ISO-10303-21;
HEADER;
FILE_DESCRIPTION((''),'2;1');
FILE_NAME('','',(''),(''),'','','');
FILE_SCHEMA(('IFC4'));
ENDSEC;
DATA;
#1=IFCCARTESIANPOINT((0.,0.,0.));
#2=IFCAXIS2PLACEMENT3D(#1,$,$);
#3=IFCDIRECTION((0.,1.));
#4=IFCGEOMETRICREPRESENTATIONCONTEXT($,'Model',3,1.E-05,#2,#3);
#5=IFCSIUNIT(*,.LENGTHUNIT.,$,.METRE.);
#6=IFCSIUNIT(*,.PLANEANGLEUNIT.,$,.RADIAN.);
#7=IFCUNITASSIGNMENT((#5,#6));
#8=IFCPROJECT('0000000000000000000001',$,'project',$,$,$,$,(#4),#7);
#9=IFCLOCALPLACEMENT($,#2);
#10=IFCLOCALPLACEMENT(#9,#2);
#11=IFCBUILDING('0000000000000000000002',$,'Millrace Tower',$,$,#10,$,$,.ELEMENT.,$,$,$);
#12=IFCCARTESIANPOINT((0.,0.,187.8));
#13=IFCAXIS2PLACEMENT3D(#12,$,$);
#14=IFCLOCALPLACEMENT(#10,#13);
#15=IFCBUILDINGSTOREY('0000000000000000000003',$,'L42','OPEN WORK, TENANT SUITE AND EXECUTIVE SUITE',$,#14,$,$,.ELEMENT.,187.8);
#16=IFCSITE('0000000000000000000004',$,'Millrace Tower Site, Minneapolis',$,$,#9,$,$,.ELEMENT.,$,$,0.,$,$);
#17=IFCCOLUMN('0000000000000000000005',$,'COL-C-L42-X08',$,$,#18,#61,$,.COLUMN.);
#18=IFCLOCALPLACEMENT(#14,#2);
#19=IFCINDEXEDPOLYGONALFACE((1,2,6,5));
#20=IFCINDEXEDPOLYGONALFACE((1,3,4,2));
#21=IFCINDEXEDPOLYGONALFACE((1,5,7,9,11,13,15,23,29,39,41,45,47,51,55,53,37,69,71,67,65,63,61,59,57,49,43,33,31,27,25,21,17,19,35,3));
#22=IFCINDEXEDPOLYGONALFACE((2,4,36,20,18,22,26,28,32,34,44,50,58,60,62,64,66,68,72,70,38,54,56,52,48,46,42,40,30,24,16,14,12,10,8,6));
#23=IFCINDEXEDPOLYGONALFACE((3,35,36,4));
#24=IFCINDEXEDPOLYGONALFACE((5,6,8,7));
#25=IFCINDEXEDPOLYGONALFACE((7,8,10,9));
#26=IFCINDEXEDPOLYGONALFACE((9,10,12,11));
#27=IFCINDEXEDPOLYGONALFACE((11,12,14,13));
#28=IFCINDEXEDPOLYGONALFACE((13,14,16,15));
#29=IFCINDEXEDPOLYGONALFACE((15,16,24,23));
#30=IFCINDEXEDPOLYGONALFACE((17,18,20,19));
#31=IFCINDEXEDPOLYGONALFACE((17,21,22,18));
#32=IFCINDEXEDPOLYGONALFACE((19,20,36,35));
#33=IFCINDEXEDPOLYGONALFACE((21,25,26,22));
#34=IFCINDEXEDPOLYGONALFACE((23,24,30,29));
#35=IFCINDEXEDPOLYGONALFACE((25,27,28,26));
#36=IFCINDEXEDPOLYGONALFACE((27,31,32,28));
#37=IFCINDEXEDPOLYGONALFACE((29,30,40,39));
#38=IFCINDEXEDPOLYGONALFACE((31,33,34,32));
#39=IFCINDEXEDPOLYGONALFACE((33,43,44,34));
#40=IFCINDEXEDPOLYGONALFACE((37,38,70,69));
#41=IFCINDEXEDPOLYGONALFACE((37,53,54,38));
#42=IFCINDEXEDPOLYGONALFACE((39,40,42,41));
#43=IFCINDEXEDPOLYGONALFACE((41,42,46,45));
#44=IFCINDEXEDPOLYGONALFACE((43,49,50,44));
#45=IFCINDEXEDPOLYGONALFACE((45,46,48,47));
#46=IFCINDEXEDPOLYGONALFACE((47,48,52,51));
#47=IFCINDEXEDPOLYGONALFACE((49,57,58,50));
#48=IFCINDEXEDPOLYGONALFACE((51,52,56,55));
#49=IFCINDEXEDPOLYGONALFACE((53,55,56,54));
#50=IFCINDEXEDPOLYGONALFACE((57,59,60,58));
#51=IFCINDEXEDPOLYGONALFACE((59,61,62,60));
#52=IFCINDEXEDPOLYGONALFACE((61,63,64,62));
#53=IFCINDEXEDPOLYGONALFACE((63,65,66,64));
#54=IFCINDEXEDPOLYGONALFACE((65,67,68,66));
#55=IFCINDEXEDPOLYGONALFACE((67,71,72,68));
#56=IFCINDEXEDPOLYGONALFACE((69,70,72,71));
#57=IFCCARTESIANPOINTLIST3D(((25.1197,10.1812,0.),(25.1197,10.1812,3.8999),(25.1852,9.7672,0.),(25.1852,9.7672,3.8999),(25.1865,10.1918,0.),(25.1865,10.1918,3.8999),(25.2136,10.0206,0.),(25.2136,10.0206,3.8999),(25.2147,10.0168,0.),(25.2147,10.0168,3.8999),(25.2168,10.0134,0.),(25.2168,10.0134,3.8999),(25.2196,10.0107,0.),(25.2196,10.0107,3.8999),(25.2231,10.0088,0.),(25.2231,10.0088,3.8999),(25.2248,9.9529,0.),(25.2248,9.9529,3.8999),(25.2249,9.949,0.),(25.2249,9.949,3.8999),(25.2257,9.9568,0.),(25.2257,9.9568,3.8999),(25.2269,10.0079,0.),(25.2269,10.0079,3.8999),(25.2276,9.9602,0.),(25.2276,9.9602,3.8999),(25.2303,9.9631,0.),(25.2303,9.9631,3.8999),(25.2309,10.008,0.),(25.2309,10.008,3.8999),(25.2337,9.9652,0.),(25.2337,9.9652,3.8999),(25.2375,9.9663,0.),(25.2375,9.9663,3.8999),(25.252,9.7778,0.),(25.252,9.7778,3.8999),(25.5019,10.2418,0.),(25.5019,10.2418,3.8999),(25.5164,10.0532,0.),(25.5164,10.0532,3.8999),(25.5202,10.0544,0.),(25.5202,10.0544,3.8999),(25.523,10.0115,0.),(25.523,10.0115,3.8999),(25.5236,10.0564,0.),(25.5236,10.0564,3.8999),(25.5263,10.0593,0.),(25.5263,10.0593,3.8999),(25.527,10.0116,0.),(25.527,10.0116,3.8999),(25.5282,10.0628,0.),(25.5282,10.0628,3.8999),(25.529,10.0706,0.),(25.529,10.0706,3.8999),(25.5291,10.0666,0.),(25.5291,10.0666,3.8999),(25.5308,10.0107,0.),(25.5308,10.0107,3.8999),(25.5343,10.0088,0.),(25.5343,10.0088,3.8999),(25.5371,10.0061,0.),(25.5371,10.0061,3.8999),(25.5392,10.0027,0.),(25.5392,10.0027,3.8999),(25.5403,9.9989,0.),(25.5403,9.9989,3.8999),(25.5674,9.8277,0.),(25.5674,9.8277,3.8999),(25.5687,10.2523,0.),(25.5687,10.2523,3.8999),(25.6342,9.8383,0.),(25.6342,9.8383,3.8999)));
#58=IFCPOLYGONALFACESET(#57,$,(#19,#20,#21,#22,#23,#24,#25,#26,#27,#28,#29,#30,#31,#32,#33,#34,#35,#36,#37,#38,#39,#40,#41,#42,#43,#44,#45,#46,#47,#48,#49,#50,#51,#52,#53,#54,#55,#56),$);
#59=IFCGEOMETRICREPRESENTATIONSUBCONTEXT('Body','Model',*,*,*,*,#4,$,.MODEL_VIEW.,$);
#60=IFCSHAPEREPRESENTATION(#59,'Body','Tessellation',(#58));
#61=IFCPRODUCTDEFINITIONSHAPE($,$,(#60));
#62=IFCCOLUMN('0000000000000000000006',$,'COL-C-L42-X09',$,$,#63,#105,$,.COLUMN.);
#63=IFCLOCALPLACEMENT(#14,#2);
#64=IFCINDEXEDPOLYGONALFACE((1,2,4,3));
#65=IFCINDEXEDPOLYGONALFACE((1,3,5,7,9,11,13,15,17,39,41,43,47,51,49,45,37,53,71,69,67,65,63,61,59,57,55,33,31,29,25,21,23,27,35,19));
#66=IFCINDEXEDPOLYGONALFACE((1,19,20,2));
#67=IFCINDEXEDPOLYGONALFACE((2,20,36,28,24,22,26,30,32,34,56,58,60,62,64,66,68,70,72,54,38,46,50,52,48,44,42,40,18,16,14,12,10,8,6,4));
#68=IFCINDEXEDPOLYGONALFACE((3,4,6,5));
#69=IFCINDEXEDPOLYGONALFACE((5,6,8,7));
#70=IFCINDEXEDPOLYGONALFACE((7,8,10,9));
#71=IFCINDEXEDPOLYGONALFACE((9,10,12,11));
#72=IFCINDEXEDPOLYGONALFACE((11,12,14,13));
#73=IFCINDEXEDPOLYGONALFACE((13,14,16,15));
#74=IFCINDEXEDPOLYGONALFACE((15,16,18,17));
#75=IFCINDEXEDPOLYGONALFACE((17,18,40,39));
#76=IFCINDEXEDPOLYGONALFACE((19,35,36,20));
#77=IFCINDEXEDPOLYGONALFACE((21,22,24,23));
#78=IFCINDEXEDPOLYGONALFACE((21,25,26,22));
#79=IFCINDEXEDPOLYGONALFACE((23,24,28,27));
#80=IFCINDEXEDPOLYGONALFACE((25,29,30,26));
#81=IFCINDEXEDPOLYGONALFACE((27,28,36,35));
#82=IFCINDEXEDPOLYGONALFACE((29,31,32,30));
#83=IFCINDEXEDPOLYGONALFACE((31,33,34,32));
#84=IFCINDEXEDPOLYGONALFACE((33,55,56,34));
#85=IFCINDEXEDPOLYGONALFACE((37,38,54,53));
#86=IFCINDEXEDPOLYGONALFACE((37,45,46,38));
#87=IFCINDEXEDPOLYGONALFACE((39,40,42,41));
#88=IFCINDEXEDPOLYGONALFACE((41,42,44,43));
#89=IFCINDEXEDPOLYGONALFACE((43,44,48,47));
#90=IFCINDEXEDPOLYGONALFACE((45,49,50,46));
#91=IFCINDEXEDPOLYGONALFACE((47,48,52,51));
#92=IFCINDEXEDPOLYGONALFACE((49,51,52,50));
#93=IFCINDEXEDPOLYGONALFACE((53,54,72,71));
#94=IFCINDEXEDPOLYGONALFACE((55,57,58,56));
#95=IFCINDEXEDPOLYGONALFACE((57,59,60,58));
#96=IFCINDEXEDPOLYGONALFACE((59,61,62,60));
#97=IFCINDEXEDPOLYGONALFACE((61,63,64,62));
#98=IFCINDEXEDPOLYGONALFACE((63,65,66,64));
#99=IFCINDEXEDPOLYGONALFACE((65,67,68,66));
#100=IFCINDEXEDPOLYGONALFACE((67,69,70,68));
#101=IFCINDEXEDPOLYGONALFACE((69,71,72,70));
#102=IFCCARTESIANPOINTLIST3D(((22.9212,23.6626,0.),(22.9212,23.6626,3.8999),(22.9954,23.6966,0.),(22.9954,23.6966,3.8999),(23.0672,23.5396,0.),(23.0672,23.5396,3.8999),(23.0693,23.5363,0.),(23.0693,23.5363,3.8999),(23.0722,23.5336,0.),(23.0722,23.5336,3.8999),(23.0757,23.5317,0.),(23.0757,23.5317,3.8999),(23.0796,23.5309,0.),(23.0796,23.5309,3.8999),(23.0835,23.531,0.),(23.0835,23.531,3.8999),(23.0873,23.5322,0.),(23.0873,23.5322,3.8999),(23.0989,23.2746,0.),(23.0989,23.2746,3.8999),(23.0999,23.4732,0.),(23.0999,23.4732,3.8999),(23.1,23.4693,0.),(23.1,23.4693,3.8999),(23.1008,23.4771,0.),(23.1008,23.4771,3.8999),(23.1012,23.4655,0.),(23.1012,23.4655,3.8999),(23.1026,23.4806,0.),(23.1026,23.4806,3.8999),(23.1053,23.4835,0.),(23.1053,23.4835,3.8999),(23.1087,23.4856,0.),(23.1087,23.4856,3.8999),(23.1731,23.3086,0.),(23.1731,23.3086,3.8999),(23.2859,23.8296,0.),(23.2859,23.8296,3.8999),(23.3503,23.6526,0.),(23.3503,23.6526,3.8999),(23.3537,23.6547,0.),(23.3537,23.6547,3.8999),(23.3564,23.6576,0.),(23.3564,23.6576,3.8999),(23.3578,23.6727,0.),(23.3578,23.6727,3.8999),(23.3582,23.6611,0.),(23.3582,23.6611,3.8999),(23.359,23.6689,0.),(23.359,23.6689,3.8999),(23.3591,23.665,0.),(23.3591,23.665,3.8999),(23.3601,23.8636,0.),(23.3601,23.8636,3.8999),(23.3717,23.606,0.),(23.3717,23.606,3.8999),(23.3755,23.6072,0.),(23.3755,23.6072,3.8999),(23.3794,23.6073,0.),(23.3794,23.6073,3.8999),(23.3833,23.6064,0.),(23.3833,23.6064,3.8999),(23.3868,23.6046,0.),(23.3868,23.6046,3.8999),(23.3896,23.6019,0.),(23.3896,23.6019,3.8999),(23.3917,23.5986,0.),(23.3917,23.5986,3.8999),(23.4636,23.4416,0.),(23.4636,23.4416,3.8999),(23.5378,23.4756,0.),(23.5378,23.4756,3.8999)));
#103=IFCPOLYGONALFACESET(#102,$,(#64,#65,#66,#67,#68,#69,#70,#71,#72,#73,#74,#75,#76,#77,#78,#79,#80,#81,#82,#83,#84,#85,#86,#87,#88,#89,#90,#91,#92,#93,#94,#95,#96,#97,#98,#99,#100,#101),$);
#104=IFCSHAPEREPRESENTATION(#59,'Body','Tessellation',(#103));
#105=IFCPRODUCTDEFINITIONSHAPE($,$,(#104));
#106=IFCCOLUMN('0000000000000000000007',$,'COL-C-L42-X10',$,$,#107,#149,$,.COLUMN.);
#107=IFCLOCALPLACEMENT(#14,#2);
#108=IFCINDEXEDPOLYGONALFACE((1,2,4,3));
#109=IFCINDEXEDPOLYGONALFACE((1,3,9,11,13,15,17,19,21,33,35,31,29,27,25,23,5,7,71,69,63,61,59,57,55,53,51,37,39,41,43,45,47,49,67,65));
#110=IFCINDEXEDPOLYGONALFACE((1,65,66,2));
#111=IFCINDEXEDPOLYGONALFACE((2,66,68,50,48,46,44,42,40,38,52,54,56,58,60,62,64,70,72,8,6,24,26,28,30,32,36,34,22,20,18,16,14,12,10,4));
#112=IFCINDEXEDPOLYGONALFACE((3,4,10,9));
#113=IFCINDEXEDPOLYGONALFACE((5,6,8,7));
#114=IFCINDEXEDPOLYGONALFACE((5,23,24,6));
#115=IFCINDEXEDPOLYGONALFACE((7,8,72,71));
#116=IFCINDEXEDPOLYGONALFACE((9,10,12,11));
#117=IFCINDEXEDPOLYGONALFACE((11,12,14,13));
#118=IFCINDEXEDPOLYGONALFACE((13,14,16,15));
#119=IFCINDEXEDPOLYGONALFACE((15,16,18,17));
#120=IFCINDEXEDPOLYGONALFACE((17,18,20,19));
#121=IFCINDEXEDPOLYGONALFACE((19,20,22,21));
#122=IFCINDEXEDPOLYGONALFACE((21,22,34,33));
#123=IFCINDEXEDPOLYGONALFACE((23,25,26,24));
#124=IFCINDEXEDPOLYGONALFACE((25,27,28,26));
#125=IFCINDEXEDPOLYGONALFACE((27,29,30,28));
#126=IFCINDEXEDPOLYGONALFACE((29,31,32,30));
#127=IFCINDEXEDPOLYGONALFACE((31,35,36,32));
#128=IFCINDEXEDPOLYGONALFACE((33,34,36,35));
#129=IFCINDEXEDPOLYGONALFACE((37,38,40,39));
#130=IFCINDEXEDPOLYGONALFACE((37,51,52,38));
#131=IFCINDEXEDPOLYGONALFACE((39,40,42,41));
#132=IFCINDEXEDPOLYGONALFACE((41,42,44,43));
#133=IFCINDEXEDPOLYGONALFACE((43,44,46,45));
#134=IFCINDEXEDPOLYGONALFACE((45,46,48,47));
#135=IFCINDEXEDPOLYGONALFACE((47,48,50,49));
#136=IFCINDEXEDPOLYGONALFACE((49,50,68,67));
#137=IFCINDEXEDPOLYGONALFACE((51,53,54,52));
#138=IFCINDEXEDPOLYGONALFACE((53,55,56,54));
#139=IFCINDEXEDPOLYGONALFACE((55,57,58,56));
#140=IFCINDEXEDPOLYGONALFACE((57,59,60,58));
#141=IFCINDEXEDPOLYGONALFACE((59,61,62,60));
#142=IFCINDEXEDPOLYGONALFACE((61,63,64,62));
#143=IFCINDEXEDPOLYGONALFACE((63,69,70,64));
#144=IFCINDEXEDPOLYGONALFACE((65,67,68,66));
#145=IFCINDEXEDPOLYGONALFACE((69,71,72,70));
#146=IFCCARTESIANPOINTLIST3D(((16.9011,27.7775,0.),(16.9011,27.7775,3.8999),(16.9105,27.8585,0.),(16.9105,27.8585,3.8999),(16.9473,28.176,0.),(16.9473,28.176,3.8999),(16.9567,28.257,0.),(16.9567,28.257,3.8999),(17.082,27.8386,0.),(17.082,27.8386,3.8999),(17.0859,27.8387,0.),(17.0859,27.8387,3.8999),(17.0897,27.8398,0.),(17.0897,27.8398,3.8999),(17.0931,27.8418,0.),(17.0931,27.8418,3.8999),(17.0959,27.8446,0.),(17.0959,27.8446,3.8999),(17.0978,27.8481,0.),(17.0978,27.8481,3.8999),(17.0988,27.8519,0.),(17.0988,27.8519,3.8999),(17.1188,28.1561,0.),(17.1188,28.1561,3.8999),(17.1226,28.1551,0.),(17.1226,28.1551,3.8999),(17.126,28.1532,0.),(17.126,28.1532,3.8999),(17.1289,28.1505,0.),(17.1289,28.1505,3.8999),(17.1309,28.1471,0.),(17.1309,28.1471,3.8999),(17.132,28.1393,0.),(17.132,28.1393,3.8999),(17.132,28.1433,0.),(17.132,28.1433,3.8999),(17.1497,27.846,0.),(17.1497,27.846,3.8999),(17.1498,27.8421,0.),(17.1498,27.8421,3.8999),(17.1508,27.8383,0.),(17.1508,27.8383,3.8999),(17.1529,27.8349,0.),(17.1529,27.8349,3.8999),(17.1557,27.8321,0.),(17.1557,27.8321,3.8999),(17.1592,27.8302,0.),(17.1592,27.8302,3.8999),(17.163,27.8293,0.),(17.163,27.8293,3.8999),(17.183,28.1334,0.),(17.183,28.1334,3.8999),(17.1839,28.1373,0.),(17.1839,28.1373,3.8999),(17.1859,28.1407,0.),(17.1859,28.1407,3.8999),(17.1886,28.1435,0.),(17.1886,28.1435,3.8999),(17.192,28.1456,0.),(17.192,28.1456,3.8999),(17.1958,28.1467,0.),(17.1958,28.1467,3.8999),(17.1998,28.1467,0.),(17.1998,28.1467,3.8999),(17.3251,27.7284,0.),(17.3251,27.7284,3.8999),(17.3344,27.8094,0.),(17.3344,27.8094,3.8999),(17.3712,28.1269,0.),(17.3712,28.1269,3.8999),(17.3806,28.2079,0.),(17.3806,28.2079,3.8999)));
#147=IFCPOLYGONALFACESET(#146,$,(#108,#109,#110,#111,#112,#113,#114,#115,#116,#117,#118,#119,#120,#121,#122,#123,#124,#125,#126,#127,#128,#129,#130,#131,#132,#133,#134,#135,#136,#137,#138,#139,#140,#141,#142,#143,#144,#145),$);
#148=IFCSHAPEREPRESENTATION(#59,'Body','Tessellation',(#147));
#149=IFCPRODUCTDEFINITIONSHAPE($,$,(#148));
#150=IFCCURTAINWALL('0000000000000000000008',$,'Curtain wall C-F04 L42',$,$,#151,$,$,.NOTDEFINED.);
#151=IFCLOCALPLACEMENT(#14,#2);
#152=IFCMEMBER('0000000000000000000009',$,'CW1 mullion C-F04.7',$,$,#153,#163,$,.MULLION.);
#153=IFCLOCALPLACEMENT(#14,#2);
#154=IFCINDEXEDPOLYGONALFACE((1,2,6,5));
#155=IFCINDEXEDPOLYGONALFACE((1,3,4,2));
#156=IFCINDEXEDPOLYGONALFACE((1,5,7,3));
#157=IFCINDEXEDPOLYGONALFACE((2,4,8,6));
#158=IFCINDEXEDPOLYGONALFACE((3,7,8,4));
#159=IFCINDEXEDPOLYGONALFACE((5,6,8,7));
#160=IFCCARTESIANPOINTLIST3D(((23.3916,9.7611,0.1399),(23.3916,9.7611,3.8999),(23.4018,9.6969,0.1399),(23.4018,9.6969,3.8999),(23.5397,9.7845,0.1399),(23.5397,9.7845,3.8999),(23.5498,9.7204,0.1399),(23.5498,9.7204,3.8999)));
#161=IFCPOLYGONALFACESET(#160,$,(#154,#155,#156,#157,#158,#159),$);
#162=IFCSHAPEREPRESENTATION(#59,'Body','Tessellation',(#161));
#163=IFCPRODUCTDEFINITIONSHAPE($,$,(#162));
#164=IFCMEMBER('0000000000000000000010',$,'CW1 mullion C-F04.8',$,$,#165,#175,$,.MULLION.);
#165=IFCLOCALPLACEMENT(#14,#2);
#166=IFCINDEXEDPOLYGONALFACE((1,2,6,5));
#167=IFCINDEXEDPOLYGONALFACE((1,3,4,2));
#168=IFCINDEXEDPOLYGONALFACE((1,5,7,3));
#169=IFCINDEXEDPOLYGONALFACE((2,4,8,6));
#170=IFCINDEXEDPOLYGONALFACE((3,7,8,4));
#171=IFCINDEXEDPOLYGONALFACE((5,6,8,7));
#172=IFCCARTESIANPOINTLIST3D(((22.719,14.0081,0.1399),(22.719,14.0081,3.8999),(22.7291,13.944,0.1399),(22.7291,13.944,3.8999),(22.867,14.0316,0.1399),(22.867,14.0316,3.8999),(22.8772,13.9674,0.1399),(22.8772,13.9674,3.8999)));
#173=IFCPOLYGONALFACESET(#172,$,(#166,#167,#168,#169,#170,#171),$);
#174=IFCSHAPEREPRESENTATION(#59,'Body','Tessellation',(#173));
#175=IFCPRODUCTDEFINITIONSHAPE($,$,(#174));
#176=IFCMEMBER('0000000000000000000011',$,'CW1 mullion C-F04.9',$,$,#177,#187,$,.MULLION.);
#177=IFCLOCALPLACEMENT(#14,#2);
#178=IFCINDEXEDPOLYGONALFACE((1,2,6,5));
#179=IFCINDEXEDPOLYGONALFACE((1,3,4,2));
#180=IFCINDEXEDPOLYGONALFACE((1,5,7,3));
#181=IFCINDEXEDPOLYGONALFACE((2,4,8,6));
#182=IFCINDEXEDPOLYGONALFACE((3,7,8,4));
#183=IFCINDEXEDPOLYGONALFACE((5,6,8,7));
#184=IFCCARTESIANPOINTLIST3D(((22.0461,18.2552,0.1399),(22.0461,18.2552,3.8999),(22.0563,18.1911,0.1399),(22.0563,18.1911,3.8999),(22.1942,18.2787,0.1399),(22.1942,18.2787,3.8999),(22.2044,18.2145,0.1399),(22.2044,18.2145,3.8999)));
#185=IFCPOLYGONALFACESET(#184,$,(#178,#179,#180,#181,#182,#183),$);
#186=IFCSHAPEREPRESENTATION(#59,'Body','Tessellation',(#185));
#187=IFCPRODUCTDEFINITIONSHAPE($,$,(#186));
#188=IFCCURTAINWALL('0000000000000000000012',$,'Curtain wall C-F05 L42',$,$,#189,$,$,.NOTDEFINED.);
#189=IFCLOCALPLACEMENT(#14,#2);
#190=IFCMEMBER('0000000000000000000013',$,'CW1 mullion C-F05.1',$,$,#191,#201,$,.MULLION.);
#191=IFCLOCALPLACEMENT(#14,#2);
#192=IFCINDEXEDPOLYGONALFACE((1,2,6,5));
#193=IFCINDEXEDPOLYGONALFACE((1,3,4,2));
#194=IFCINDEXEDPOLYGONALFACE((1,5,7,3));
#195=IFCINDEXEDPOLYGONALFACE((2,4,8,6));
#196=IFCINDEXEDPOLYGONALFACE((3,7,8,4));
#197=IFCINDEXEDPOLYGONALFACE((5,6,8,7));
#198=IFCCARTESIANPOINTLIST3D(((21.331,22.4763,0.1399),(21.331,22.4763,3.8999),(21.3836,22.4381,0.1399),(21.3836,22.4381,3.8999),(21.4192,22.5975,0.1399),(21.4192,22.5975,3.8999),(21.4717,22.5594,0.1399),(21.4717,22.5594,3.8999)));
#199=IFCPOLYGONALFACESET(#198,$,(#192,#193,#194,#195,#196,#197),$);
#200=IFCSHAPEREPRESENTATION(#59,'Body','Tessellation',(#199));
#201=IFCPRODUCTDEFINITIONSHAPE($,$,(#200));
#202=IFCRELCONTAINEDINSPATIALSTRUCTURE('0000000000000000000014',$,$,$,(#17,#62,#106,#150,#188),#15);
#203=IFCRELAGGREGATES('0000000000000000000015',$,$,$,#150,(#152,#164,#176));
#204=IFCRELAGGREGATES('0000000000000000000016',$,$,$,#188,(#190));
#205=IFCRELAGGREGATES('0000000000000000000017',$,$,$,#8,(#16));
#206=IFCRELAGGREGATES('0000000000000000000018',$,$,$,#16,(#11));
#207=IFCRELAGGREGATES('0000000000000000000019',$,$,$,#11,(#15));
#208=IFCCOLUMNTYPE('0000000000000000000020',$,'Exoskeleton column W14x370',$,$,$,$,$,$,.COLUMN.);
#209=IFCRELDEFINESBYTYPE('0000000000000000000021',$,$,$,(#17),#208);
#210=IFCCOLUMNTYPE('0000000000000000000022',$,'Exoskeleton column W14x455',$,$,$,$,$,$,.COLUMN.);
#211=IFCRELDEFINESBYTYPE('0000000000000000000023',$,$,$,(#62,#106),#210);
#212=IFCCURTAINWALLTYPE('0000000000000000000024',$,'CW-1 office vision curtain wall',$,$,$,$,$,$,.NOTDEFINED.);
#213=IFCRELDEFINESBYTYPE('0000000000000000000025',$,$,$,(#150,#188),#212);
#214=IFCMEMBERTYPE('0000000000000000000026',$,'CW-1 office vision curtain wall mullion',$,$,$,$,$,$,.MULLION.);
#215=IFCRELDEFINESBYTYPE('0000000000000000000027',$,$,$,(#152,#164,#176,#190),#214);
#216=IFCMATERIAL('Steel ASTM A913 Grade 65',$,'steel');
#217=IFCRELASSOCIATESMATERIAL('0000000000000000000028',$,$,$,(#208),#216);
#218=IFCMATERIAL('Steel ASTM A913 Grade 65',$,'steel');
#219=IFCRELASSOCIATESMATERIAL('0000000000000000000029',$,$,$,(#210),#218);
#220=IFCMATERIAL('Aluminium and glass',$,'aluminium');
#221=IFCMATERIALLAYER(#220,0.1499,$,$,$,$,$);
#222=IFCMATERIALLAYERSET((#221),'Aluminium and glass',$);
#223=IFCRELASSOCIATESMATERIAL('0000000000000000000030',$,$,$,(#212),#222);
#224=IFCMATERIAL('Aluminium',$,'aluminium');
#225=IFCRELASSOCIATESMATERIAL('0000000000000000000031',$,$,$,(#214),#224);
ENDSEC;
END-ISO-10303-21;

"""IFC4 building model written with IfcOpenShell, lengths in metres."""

from ifc_helpers import new_model, si_unit, direction, frame, origin, origin_2d, place, context, subcontext, project, spatial, rectangle, i_section, extrude, material, layer, layer_set, material_profile, profile_set, type_object, element, aggregate, save


model = new_model("IFC4")

# Units and contexts
model_context = context("Model", 3, precision=1e-05, world=origin(), true_north=direction((0.0, 1.0)))
body_context = subcontext(model_context, "Body", "Model", "MODEL_VIEW")
ifc_project = project(units=[si_unit("LENGTHUNIT", "METRE"), si_unit("PLANEANGLEUNIT", "RADIAN")], contexts=[model_context])

# Site, building, storey
site_placement = place(None, origin())
site = spatial("IfcSite", under=ifc_project, at=site_placement, Name="Millrace Tower Site, Minneapolis", CompositionType="ELEMENT", RefElevation=0.0)
building_placement = place(site_placement, origin())
building = spatial("IfcBuilding", under=site, at=building_placement, Name="Millrace Tower", CompositionType="ELEMENT")
storey_placement = place(building_placement, frame((0.0, 0.0, 187.8)))
storey = spatial("IfcBuildingStorey", under=building, at=storey_placement, Name="L42", Description="OPEN WORK, TENANT SUITE AND EXECUTIVE SUITE", CompositionType="ELEMENT", Elevation=187.8)

# Columns
ifc_material_1 = material(Name="Steel ASTM A913 Grade 65", Category="steel")
ifc_material_profile_1 = material_profile(ifc_material_1, i_section(OverallWidth=0.4192, OverallDepth=0.4546, WebThickness=0.0422, FlangeThickness=0.0676, FilletRadius=0.0151, at=origin_2d()))
ifc_profile_set_1 = profile_set([ifc_material_profile_1], Name="Steel ASTM A913 Grade 65")
column_type_1 = type_object("IfcColumnType", Name="Exoskeleton column W14x370", PredefinedType="COLUMN", material=ifc_profile_set_1)
column_placement = place(storey_placement, frame((25.377, 10.0098, 0.0), z_axis=(0.0, 0.0, 1.0), x_axis=(-0.156434, 0.987688, 0.0)))
element("IfcColumn", 1, at=column_placement, inside=storey, type_object=column_type_1, Name="COL-C-L42-X08", PredefinedType="COLUMN", context=body_context, shape_type="SweptSolid", body=[
    extrude(i_section(OverallWidth=0.4192, OverallDepth=0.4546, WebThickness=0.0422, FlangeThickness=0.0676, FilletRadius=0.0151, at=origin_2d()), origin(), (0.0, 0.0, 1.0), 3.8999),
])
ifc_material_2 = material(Name="Steel ASTM A913 Grade 65", Category="steel")
ifc_material_profile_2 = material_profile(ifc_material_2, i_section(OverallWidth=0.4268, OverallDepth=0.4827, WebThickness=0.0513, FlangeThickness=0.0815, FilletRadius=0.0151, at=origin_2d()))
ifc_profile_set_2 = profile_set([ifc_material_profile_2], Name="Steel ASTM A913 Grade 65")
column_type_2 = type_object("IfcColumnType", Name="Exoskeleton column W14x455", PredefinedType="COLUMN", material=ifc_profile_set_2)
for number, where, z_axis, x_axis, name in (
    (2, (23.2295, 23.5691, 0.0), (0.0, 0.0, 1.0), (-0.416401, 0.909181, 0.0), "COL-C-L42-X09"),
    (3, (17.1409, 27.9927, 0.0), (0.0, 0.0, 1.0), (-0.993358, 0.115069, 0.0), "COL-C-L42-X10"),
):
    element("IfcColumn", number, at=place(storey_placement, frame(where, z_axis=z_axis, x_axis=x_axis)), inside=storey, type_object=column_type_2, Name=name, PredefinedType="COLUMN", context=body_context, shape_type="SweptSolid", body=[
        extrude(i_section(OverallWidth=0.4268, OverallDepth=0.4827, WebThickness=0.0513, FlangeThickness=0.0815, FilletRadius=0.0151, at=origin_2d()), origin(), (0.0, 0.0, 1.0), 3.8999),
    ])

# Curtain wall, members
ifc_material_3 = material(Name="Aluminium and glass", Category="aluminium")
ifc_layer_1 = layer(ifc_material_3, 0.1499)
ifc_layer_set_1 = layer_set([ifc_layer_1], Name="Aluminium and glass")
curtain_wall_type = type_object("IfcCurtainWallType", Name="CW-1 office vision curtain wall", PredefinedType="NOTDEFINED", material=ifc_layer_set_1)
placement = place(storey_placement, origin())
curtain_wall_1 = element("IfcCurtainWall", 4, at=placement, inside=storey, type_object=curtain_wall_type, Name="Curtain wall C-F04 L42", PredefinedType="NOTDEFINED")
ifc_material_4 = material(Name="Aluminium", Category="aluminium")
ifc_material_profile_3 = material_profile(ifc_material_4, rectangle(XDim=0.0649, YDim=0.1499, at=origin_2d()))
ifc_profile_set_3 = profile_set([ifc_material_profile_3], Name="Aluminium")
member_type_1 = type_object("IfcMemberType", Name="CW-1 office vision curtain wall mullion", PredefinedType="MULLION", material=ifc_profile_set_3)
member_1_placement = place(storey_placement, frame((23.4707, 9.7407, 0.1399), z_axis=(0.0, 0.0, 1.0), x_axis=(-0.156434, 0.987688, 0.0)))
member_1 = element("IfcMember", 5, at=member_1_placement, type_object=member_type_1, Name="CW1 mullion C-F04.7", PredefinedType="MULLION", context=body_context, shape_type="SweptSolid", body=[
    extrude(rectangle(XDim=0.0649, YDim=0.1499, at=origin_2d()), origin(), (0.0, 0.0, 1.0), 3.76),
])
member_2_placement = place(storey_placement, frame((22.7981, 13.9878, 0.1399), z_axis=(0.0, 0.0, 1.0), x_axis=(-0.156434, 0.987688, 0.0)))
member_2 = element("IfcMember", 6, at=member_2_placement, type_object=member_type_1, Name="CW1 mullion C-F04.8", PredefinedType="MULLION", context=body_context, shape_type="SweptSolid", body=[
    extrude(rectangle(XDim=0.0649, YDim=0.1499, at=origin_2d()), origin(), (0.0, 0.0, 1.0), 3.76),
])
member_3_placement = place(storey_placement, frame((22.1252, 18.2349, 0.1399), z_axis=(0.0, 0.0, 1.0), x_axis=(-0.156434, 0.987688, 0.0)))
member_3 = element("IfcMember", 7, at=member_3_placement, type_object=member_type_1, Name="CW1 mullion C-F04.9", PredefinedType="MULLION", context=body_context, shape_type="SweptSolid", body=[
    extrude(rectangle(XDim=0.0649, YDim=0.1499, at=origin_2d()), origin(), (0.0, 0.0, 1.0), 3.76),
])
aggregate(curtain_wall_1, [member_1, member_2, member_3])

# Curtain wall, member
curtain_wall_2 = element("IfcCurtainWall", 8, at=placement, inside=storey, type_object=curtain_wall_type, Name="Curtain wall C-F05 L42", PredefinedType="NOTDEFINED")
member_4_placement = place(storey_placement, frame((21.4014, 22.5178, 0.1399), z_axis=(0.0, 0.0, 1.0), x_axis=(-0.809017, 0.587785, 0.0)))
member_4 = element("IfcMember", 9, at=member_4_placement, type_object=member_type_1, Name="CW1 mullion C-F05.1", PredefinedType="MULLION", context=body_context, shape_type="SweptSolid", body=[
    extrude(rectangle(XDim=0.0649, YDim=0.1499, at=origin_2d()), origin(), (0.0, 0.0, 1.0), 3.76),
])

aggregate(curtain_wall_2, [member_4])

save(model, "model.ifc")
